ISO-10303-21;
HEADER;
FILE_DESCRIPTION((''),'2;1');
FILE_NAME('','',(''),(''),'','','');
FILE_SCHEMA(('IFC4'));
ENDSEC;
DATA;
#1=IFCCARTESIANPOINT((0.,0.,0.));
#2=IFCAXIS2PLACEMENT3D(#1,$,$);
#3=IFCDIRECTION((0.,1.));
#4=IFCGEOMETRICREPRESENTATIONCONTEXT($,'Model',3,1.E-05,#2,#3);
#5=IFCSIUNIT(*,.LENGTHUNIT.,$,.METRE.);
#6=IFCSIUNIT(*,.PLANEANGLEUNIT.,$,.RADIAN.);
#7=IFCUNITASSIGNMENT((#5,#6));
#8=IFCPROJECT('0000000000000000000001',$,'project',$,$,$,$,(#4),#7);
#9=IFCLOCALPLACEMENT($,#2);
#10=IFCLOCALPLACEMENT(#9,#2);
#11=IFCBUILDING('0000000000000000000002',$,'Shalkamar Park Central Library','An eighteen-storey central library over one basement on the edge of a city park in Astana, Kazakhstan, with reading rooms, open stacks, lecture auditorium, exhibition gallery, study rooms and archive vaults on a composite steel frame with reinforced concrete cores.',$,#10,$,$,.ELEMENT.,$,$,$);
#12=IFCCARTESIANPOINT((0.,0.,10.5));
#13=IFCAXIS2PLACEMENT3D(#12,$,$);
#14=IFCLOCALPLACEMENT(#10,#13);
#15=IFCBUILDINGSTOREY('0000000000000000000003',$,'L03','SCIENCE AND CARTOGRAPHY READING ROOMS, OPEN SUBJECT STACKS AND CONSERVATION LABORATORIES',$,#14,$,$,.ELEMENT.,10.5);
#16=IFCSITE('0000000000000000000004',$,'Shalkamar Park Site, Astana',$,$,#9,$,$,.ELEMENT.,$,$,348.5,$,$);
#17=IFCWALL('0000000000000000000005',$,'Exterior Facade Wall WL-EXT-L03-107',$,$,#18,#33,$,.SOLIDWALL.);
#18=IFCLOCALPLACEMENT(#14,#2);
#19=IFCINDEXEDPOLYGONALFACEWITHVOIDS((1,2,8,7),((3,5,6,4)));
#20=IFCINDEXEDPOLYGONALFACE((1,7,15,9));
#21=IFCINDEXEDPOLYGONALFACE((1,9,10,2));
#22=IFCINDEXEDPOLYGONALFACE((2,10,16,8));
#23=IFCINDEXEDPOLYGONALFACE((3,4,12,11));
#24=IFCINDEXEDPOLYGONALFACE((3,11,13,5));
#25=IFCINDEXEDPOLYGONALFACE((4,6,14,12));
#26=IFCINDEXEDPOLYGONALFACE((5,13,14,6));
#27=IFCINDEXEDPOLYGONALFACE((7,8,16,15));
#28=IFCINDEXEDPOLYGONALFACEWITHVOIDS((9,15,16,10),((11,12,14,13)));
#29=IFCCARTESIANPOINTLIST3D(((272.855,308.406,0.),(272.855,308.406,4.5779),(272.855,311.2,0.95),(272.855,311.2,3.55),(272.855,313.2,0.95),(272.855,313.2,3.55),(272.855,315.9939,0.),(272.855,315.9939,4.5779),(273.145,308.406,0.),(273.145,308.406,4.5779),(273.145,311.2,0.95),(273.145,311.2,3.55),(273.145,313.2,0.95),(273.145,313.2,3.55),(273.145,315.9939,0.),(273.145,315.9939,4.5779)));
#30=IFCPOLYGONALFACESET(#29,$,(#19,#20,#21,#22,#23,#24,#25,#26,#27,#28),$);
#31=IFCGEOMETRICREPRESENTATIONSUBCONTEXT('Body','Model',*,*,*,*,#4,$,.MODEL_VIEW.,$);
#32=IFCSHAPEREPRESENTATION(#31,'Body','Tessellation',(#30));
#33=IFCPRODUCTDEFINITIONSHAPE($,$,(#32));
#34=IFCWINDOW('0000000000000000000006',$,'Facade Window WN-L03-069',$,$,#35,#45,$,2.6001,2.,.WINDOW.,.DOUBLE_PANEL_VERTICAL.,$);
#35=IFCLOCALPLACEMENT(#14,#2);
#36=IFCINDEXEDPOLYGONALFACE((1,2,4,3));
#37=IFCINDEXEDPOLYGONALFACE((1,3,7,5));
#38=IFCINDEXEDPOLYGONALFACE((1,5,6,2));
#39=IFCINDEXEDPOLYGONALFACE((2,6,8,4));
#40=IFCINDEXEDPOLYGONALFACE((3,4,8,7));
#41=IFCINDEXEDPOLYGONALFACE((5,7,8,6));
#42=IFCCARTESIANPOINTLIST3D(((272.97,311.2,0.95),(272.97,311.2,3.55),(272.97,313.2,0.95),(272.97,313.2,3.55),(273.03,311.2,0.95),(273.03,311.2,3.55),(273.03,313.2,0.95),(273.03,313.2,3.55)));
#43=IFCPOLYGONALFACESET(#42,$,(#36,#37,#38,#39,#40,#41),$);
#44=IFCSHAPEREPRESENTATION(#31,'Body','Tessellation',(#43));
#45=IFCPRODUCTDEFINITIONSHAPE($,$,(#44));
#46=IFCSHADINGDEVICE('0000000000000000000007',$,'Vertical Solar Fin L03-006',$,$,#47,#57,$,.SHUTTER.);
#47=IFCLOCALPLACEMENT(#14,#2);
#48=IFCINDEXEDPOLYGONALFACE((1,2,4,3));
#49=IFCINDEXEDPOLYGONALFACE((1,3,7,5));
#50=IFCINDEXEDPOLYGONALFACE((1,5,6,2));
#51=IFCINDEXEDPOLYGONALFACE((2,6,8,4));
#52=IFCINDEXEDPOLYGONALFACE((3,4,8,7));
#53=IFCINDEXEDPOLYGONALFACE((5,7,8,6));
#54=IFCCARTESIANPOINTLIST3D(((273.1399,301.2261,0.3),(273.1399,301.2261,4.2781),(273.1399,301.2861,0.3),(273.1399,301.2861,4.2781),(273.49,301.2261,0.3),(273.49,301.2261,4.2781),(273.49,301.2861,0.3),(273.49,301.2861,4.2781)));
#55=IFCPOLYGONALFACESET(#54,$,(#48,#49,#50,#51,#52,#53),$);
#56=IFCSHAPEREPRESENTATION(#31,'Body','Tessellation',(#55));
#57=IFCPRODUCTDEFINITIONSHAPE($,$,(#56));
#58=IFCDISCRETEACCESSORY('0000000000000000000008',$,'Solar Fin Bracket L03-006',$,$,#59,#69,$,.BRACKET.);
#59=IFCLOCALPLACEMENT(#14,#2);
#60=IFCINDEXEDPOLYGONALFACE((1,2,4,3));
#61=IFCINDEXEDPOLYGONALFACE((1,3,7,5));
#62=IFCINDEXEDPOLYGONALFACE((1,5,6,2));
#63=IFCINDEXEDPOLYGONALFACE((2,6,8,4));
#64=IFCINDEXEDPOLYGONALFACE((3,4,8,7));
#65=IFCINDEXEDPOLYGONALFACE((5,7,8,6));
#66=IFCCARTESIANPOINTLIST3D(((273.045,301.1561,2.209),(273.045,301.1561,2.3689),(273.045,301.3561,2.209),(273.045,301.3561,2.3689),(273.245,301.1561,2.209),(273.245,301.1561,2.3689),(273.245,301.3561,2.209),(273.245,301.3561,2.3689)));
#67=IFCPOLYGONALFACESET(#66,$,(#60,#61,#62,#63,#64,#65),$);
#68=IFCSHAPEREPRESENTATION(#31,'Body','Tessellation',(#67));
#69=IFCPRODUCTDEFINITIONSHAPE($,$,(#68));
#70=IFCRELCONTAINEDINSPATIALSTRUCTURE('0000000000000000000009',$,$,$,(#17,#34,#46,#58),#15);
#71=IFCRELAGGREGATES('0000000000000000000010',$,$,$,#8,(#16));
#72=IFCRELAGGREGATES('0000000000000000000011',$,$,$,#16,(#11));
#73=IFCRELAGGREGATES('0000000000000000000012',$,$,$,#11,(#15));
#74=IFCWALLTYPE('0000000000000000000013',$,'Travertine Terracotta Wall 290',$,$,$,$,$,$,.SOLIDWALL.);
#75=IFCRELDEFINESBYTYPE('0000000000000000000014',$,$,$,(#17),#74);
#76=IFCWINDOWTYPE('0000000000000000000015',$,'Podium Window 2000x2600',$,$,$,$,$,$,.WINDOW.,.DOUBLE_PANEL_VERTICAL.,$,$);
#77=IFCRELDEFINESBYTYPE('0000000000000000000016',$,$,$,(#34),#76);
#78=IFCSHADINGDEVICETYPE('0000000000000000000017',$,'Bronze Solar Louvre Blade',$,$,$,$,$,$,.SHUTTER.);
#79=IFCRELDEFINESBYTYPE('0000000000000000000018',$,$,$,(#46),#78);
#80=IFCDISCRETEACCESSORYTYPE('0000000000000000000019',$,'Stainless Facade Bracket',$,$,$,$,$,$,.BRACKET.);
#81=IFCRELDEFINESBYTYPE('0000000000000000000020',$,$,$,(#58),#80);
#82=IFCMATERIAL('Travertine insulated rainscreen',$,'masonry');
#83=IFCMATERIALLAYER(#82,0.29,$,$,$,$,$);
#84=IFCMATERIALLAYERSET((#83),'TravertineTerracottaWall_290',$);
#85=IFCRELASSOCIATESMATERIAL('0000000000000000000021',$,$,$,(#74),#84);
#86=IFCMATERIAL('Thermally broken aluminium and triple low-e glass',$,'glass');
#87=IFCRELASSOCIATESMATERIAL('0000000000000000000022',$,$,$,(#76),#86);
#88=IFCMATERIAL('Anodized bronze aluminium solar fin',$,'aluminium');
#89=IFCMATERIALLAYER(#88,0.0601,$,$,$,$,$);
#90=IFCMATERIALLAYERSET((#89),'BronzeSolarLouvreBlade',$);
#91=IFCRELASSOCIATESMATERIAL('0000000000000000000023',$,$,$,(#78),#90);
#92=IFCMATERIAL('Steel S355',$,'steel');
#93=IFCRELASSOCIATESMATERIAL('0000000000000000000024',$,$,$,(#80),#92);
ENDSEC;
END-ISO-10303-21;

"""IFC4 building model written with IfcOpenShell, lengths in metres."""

from ifc_helpers import new_model, si_unit, direction, frame, frame_2d, origin, origin_2d, place, context, subcontext, project, spatial, rectangle, extrude, material, layer, layer_set, type_object, element, fill, save


model = new_model("IFC4")

# Units and contexts
model_context = context("Model", 3, precision=1e-05, world=origin(), true_north=direction((0.0, 1.0)))
body_context = subcontext(model_context, "Body", "Model", "MODEL_VIEW")
ifc_project = project(units=[si_unit("LENGTHUNIT", "METRE"), si_unit("PLANEANGLEUNIT", "RADIAN")], contexts=[model_context])

# Site, building, storey
site_placement = place(None, origin())
site = spatial("IfcSite", under=ifc_project, at=site_placement, Name="Shalkamar Park Site, Astana", CompositionType="ELEMENT", RefElevation=348.5)
building_placement = place(site_placement, origin())
building = spatial("IfcBuilding", under=site, at=building_placement, Name="Shalkamar Park Central Library", Description="An eighteen-storey central library over one basement on the edge of a city park in Astana, Kazakhstan, with reading rooms, open stacks, lecture auditorium, exhibition gallery, study rooms and archive vaults on a composite steel frame with reinforced concrete cores.", CompositionType="ELEMENT")
storey_placement = place(building_placement, frame((0.0, 0.0, 10.5)))
storey = spatial("IfcBuildingStorey", under=building, at=storey_placement, Name="L03", Description="SCIENCE AND CARTOGRAPHY READING ROOMS, OPEN SUBJECT STACKS AND CONSERVATION LABORATORIES", CompositionType="ELEMENT", Elevation=10.5)

# Shared definitions
ifc_material_1 = material(Name="Steel S355", Category="steel")

# Wall, opening, window
ifc_material_2 = material(Name="Travertine insulated rainscreen", Category="masonry")
ifc_layer_1 = layer(ifc_material_2, 0.29)
ifc_layer_set_1 = layer_set([ifc_layer_1], Name="TravertineTerracottaWall_290")
wall_type_1 = type_object("IfcWallType", Name="Travertine Terracotta Wall 290", PredefinedType="SOLIDWALL", material=ifc_layer_set_1)
ifc_material_3 = material(Name="Thermally broken aluminium and triple low-e glass", Category="glass")
wall_1_placement = place(storey_placement, frame((273.0, 308.406, 0.0), z_axis=(0.0, 0.0, 1.0), x_axis=(0.0, 1.0, 0.0)))
wall_1 = element("IfcWall", 1, at=wall_1_placement, inside=storey, type_object=wall_type_1, Name="Exterior Facade Wall WL-EXT-L03-107", PredefinedType="SOLIDWALL", context=body_context, shape_type="SweptSolid", body=[
    extrude(rectangle(XDim=7.5879, YDim=0.29, at=frame_2d((3.7939, 0.0))), origin(), (0.0, 0.0, 1.0), 4.5779),
])
opening_1_placement = place(wall_1_placement, frame((2.7939, 0.0, 0.95)))
opening_1 = element("IfcOpeningElement", 2, at=opening_1_placement, cuts=wall_1, PredefinedType="OPENING", context=body_context, shape_type="SweptSolid", body=[
    extrude(rectangle(XDim=2.0, YDim=2.6001, at=frame_2d((1.0, 1.3))), frame((0.0, 0.1599, 0.0), z_axis=(0.0, -1.0, 0.0), x_axis=(1.0, 0.0, 0.0)), (0.0, 0.0, 1.0), 0.3198),
])
window_type_1 = type_object("IfcWindowType", Name="Podium Window 2000x2600", PartitioningType="DOUBLE_PANEL_VERTICAL", PredefinedType="WINDOW", material=ifc_material_3)
window_1_placement = place(opening_1_placement, origin())
window_1 = element("IfcWindow", 3, at=window_1_placement, inside=storey, type_object=window_type_1, Name="Facade Window WN-L03-069", OverallHeight=2.6001, OverallWidth=2.0, PartitioningType="DOUBLE_PANEL_VERTICAL", PredefinedType="WINDOW", context=body_context, shape_type="SweptSolid", body=[
    extrude(rectangle(XDim=2.0, YDim=2.6001, at=frame_2d((1.0, 1.3))), frame((0.0, 0.03, 0.0), z_axis=(0.0, -1.0, 0.0), x_axis=(1.0, 0.0, 0.0)), (0.0, 0.0, 1.0), 0.0601),
])
fill(opening_1, window_1)

# Shading device
ifc_material_4 = material(Name="Anodized bronze aluminium solar fin", Category="aluminium")
ifc_layer_2 = layer(ifc_material_4, 0.0601)
ifc_layer_set_2 = layer_set([ifc_layer_2], Name="BronzeSolarLouvreBlade")
shading_device_type = type_object("IfcShadingDeviceType", Name="Bronze Solar Louvre Blade", PredefinedType="SHUTTER", material=ifc_layer_set_2)
shading_device_placement = place(storey_placement, frame((273.3149, 301.2561, 0.3), z_axis=(0.0, 0.0, 1.0), x_axis=(1.0, 0.0, 0.0)))
element("IfcShadingDevice", 4, at=shading_device_placement, inside=storey, type_object=shading_device_type, Name="Vertical Solar Fin L03-006", PredefinedType="SHUTTER", context=body_context, shape_type="SweptSolid", body=[
    extrude(rectangle(XDim=0.3501, YDim=0.0601, at=origin_2d()), origin(), (0.0, 0.0, 1.0), 3.978),
])

# Discrete accessory
discrete_accessory_type = type_object("IfcDiscreteAccessoryType", Name="Stainless Facade Bracket", PredefinedType="BRACKET", material=ifc_material_1)
discrete_accessory_placement = place(storey_placement, frame((273.145, 301.2561, 2.209), z_axis=(0.0, 0.0, 1.0), x_axis=(1.0, 0.0, 0.0)))
element("IfcDiscreteAccessory", 5, at=discrete_accessory_placement, inside=storey, type_object=discrete_accessory_type, Name="Solar Fin Bracket L03-006", PredefinedType="BRACKET", context=body_context, shape_type="SweptSolid", body=[
    extrude(rectangle(XDim=0.2, YDim=0.2, at=origin_2d()), origin(), (0.0, 0.0, 1.0), 0.1599),
])

save(model, "model.ifc")
